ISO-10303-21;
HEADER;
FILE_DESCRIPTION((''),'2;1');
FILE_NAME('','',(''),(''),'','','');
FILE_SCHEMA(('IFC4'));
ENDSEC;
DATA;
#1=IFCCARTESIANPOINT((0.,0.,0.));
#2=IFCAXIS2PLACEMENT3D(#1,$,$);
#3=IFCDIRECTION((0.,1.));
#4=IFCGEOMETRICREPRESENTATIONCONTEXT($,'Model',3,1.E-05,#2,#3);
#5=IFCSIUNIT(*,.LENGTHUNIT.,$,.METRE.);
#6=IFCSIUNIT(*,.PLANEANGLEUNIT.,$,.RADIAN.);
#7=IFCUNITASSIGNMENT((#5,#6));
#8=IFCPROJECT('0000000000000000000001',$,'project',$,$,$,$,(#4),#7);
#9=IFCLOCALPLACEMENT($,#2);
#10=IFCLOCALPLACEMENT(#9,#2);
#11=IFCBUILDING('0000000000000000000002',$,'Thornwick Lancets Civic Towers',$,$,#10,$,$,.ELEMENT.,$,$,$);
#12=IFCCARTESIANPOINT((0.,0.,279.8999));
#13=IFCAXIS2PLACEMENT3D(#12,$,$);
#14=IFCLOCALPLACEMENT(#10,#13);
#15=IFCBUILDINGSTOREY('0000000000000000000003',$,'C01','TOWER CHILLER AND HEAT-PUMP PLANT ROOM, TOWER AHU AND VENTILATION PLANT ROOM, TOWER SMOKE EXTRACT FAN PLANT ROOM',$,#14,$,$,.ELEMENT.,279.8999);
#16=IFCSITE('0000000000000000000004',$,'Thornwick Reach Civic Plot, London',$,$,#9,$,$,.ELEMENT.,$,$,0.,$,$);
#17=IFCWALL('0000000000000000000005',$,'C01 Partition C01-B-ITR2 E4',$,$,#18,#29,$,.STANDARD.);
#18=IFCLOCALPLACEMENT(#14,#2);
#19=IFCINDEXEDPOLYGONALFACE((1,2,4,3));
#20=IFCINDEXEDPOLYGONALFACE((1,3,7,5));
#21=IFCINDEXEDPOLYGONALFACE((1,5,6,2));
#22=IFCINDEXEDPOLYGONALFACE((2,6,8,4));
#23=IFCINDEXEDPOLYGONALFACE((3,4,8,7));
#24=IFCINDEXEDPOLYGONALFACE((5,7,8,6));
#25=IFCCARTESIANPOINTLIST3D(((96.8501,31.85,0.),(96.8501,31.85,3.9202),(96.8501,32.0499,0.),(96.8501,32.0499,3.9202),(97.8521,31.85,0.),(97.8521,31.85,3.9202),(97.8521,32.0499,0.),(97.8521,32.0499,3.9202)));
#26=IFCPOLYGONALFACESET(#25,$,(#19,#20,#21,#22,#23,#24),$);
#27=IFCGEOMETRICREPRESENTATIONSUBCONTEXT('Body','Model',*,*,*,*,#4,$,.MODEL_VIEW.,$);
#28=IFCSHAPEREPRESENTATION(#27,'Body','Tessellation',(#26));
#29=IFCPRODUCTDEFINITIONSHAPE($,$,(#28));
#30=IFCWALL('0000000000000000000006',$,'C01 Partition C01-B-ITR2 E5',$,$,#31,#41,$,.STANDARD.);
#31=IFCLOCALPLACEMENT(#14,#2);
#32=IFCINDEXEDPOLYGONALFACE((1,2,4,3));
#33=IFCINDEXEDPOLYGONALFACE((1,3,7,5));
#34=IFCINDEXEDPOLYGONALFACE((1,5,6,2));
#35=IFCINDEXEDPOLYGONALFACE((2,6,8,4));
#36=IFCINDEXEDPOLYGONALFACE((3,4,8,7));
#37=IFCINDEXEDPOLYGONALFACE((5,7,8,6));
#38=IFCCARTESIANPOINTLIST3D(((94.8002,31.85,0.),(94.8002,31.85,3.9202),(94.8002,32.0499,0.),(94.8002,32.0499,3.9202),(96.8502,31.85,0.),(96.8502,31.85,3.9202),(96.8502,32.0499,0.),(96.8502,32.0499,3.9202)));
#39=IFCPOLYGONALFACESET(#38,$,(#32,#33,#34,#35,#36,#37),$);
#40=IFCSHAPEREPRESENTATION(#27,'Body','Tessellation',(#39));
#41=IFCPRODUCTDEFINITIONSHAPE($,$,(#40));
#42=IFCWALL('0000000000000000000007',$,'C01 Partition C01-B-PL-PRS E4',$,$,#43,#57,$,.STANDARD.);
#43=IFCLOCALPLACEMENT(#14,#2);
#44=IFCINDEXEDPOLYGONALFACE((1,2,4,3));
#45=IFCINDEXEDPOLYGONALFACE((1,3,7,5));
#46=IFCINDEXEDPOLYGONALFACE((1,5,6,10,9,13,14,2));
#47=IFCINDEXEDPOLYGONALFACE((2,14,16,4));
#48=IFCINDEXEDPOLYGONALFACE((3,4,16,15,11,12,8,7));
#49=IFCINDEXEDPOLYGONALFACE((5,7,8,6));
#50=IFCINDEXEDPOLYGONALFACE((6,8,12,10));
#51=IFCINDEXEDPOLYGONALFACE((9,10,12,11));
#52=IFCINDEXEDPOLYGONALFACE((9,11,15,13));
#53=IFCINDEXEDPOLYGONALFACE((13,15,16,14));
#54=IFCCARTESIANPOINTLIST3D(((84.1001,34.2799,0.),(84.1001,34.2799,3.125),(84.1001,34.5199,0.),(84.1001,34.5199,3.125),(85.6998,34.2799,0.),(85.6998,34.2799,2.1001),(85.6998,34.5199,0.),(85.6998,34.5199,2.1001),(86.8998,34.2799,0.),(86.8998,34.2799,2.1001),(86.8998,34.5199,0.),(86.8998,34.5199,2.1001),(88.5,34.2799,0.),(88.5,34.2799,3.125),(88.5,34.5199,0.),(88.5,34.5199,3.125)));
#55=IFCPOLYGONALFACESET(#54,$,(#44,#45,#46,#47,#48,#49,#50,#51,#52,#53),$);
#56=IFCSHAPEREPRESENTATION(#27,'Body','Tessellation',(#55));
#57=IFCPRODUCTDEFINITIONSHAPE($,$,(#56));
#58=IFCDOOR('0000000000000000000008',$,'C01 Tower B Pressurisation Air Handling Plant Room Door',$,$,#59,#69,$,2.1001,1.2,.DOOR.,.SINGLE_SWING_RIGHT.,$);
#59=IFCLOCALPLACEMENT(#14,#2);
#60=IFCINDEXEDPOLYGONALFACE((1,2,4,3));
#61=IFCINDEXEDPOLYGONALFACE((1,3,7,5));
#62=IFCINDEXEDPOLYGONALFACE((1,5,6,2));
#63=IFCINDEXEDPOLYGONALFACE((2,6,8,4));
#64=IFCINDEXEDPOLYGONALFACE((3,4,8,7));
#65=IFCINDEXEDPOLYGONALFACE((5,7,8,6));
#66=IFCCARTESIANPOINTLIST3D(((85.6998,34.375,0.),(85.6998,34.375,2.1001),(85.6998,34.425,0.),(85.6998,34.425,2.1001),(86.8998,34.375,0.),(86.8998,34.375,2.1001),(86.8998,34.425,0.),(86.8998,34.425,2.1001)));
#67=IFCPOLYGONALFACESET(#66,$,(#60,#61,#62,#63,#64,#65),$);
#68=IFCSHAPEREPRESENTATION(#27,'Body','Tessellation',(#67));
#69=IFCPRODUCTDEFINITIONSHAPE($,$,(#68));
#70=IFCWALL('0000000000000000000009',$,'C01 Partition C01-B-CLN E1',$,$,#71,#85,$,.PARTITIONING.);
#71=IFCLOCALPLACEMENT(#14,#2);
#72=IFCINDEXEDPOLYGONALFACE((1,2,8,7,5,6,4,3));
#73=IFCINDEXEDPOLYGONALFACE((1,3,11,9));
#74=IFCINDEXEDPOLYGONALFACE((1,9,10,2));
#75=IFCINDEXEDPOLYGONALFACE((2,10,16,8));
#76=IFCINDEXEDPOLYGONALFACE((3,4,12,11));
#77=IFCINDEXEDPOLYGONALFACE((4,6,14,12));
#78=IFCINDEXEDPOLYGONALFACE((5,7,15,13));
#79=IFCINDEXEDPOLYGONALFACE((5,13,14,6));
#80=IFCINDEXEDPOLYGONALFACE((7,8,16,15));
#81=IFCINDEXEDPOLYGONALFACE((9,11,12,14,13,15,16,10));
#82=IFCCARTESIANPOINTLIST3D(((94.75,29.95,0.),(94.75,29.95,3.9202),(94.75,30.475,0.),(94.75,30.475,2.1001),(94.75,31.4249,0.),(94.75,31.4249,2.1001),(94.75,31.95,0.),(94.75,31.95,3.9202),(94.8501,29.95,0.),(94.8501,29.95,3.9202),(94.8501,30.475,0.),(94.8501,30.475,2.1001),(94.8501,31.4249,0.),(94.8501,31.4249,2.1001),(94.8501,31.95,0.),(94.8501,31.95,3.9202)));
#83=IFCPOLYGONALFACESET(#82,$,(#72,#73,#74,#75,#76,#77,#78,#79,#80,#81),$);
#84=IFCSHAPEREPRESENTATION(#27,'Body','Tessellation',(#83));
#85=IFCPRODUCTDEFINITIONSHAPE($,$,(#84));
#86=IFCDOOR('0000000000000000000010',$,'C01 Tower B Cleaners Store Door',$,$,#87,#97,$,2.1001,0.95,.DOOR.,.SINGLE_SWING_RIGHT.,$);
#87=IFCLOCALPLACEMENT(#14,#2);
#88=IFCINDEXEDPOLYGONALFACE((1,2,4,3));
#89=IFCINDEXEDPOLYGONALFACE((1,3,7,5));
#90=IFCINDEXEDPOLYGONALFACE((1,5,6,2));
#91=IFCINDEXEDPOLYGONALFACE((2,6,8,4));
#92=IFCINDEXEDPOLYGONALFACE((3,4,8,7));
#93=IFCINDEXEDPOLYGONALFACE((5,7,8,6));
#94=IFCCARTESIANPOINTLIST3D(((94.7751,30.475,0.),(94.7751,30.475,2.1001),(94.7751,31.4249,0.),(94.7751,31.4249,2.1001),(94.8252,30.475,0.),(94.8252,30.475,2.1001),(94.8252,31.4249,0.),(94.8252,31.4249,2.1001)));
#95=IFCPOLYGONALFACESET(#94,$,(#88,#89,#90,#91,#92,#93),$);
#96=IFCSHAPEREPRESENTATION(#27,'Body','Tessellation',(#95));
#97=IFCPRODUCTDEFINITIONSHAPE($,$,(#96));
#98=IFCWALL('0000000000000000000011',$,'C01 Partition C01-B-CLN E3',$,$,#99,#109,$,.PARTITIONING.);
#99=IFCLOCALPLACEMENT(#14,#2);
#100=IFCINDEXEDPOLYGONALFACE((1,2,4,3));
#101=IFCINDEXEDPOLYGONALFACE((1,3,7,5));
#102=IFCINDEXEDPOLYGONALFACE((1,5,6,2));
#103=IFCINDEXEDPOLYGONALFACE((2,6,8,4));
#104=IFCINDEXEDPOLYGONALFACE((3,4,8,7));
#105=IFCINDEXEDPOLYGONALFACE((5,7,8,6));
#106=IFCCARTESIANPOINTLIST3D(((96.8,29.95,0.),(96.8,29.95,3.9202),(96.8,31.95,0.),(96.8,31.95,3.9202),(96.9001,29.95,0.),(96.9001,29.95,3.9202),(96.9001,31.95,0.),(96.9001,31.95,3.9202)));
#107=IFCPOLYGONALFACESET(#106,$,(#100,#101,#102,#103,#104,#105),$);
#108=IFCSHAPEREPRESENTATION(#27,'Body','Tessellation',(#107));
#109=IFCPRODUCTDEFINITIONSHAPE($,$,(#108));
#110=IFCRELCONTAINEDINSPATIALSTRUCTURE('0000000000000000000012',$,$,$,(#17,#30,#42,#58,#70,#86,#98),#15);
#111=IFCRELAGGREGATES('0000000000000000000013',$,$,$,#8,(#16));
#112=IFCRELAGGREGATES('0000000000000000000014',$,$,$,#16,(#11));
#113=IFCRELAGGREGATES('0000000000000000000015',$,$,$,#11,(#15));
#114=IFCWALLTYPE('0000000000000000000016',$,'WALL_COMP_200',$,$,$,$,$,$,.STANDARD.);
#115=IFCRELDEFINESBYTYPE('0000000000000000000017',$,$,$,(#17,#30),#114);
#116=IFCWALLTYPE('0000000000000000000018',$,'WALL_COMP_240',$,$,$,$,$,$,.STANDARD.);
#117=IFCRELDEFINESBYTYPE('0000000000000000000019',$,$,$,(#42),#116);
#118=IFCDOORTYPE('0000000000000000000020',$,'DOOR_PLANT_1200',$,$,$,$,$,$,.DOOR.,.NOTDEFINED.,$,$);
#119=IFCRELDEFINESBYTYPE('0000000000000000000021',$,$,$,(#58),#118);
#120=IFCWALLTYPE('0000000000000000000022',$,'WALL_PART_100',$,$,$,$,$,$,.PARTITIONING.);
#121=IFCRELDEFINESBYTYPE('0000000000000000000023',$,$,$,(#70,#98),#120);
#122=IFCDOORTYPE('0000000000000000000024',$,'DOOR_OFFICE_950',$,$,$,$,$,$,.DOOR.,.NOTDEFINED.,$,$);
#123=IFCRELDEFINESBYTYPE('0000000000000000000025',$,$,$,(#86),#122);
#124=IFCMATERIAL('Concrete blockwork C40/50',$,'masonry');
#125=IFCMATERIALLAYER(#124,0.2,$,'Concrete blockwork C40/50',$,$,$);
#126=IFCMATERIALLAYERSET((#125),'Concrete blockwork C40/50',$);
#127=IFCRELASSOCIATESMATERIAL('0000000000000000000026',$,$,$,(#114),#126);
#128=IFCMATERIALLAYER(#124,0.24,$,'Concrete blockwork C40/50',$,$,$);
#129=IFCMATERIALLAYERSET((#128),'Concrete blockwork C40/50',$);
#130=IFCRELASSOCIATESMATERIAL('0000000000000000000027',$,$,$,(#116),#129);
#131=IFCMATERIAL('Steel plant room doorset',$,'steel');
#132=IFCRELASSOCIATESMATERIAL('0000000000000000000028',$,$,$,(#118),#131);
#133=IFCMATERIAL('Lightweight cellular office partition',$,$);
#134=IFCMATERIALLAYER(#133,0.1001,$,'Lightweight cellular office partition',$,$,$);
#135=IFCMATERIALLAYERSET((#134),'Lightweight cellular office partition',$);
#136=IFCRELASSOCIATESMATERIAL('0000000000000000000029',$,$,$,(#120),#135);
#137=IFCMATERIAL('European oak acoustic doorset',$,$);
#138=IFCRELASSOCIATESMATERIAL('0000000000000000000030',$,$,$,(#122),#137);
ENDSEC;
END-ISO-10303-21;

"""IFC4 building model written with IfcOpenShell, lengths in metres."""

from ifc_helpers import new_model, si_unit, direction, frame, frame_2d, origin, place, context, subcontext, project, spatial, rectangle, extrude, material, layer, layer_set, type_object, element, fill, save


model = new_model("IFC4")

# Units and contexts
model_context = context("Model", 3, precision=1e-05, world=origin(), true_north=direction((0.0, 1.0)))
body_context = subcontext(model_context, "Body", "Model", "MODEL_VIEW")
ifc_project = project(units=[si_unit("LENGTHUNIT", "METRE"), si_unit("PLANEANGLEUNIT", "RADIAN")], contexts=[model_context])

# Site, building, storey
site_placement = place(None, origin())
site = spatial("IfcSite", under=ifc_project, at=site_placement, Name="Thornwick Reach Civic Plot, London", CompositionType="ELEMENT", RefElevation=0.0)
building_placement = place(site_placement, origin())
building = spatial("IfcBuilding", under=site, at=building_placement, Name="Thornwick Lancets Civic Towers", CompositionType="ELEMENT")
storey_placement = place(building_placement, frame((0.0, 0.0, 279.8999)))
storey = spatial("IfcBuildingStorey", under=building, at=storey_placement, Name="C01", Description="TOWER CHILLER AND HEAT-PUMP PLANT ROOM, TOWER AHU AND VENTILATION PLANT ROOM, TOWER SMOKE EXTRACT FAN PLANT ROOM", CompositionType="ELEMENT", Elevation=279.8999)

# Shared definitions
ifc_material_1 = material(Name="Concrete blockwork C40/50", Category="masonry")
ifc_layer_1 = layer(ifc_material_1, 0.2, Name="Concrete blockwork C40/50")
ifc_layer_set_1 = layer_set([ifc_layer_1], Name="Concrete blockwork C40/50")
wall_type_1 = type_object("IfcWallType", Name="WALL_COMP_200", PredefinedType="STANDARD", material=ifc_layer_set_1)

# Walls
wall_1_placement = place(storey_placement, frame((97.8521, 31.95, 0.0), z_axis=(0.0, 0.0, 1.0), x_axis=(-1.0, 0.0, 0.0)))
element("IfcWall", 1, at=wall_1_placement, inside=storey, type_object=wall_type_1, Name="C01 Partition C01-B-ITR2 E4", PredefinedType="STANDARD", context=body_context, shape_type="SweptSolid", body=[
    extrude(rectangle(XDim=1.002, YDim=0.2, at=frame_2d((0.501, 0.0))), origin(), (0.0, 0.0, 1.0), 3.9202),
])
wall_2_placement = place(storey_placement, frame((96.8501, 31.95, 0.0), z_axis=(0.0, 0.0, 1.0), x_axis=(-1.0, 0.0, 0.0)))
element("IfcWall", 2, at=wall_2_placement, inside=storey, type_object=wall_type_1, Name="C01 Partition C01-B-ITR2 E5", PredefinedType="STANDARD", context=body_context, shape_type="SweptSolid", body=[
    extrude(rectangle(XDim=2.05, YDim=0.2, at=frame_2d((1.0249, 0.0))), origin(), (0.0, 0.0, 1.0), 3.9202),
])

# Walls, openings, doors
ifc_layer_2 = layer(ifc_material_1, 0.24, Name="Concrete blockwork C40/50")
ifc_layer_set_2 = layer_set([ifc_layer_2], Name="Concrete blockwork C40/50")
wall_type_2 = type_object("IfcWallType", Name="WALL_COMP_240", PredefinedType="STANDARD", material=ifc_layer_set_2)
wall_3_placement = place(storey_placement, frame((88.5, 34.3999, 0.0), z_axis=(0.0, 0.0, 1.0), x_axis=(-1.0, 0.0, 0.0)))
wall_3 = element("IfcWall", 3, at=wall_3_placement, inside=storey, type_object=wall_type_2, Name="C01 Partition C01-B-PL-PRS E4", PredefinedType="STANDARD", context=body_context, shape_type="SweptSolid", body=[
    extrude(rectangle(XDim=4.3999, YDim=0.24, at=frame_2d((2.2, 0.0))), origin(), (0.0, 0.0, 1.0), 3.125),
])
opening_1_placement = place(wall_3_placement, frame((1.6001, 0.0, 0.0)))
opening_1 = element("IfcOpeningElement", 4, at=opening_1_placement, cuts=wall_3, PredefinedType="OPENING", context=body_context, shape_type="SweptSolid", body=[
    extrude(rectangle(XDim=1.2, YDim=2.1001, at=frame_2d((0.6001, 1.05))), frame((0.0, 0.1299, 0.0), z_axis=(0.0, -1.0, 0.0), x_axis=(1.0, 0.0, 0.0)), (0.0, 0.0, 1.0), 0.26),
])
ifc_material_2 = material(Name="Steel plant room doorset", Category="steel")
door_type_1 = type_object("IfcDoorType", Name="DOOR_PLANT_1200", OperationType="NOTDEFINED", PredefinedType="DOOR", material=ifc_material_2)
door_1_placement = place(opening_1_placement, origin())
door_1 = element("IfcDoor", 5, at=door_1_placement, inside=storey, type_object=door_type_1, Name="C01 Tower B Pressurisation Air Handling Plant Room Door", OperationType="SINGLE_SWING_RIGHT", OverallHeight=2.1001, OverallWidth=1.2, PredefinedType="DOOR", context=body_context, shape_type="SweptSolid", body=[
    extrude(rectangle(XDim=1.2, YDim=2.1001, at=frame_2d((0.6001, 1.05))), frame((0.0, 0.0249, 0.0), z_axis=(0.0, -1.0, 0.0), x_axis=(1.0, 0.0, 0.0)), (0.0, 0.0, 1.0), 0.05),
])
fill(opening_1, door_1)
ifc_material_3 = material(Name="Lightweight cellular office partition")
ifc_layer_3 = layer(ifc_material_3, 0.1001, Name="Lightweight cellular office partition")
ifc_layer_set_3 = layer_set([ifc_layer_3], Name="Lightweight cellular office partition")
wall_type_3 = type_object("IfcWallType", Name="WALL_PART_100", PredefinedType="PARTITIONING", material=ifc_layer_set_3)
wall_4_placement = place(storey_placement, frame((94.8, 29.95, 0.0), z_axis=(0.0, 0.0, 1.0), x_axis=(0.0, 1.0, 0.0)))
wall_4 = element("IfcWall", 6, at=wall_4_placement, inside=storey, type_object=wall_type_3, Name="C01 Partition C01-B-CLN E1", PredefinedType="PARTITIONING", context=body_context, shape_type="SweptSolid", body=[
    extrude(rectangle(XDim=2.0, YDim=0.1001, at=frame_2d((1.0, 0.0))), origin(), (0.0, 0.0, 1.0), 3.9202),
])
opening_2_placement = place(wall_4_placement, frame((0.5249, 0.0, 0.0)))
opening_2 = element("IfcOpeningElement", 7, at=opening_2_placement, cuts=wall_4, PredefinedType="OPENING", context=body_context, shape_type="SweptSolid", body=[
    extrude(rectangle(XDim=0.95, YDim=2.1001, at=frame_2d((0.4751, 1.05))), frame((0.0, 0.0601, 0.0), z_axis=(0.0, -1.0, 0.0), x_axis=(1.0, 0.0, 0.0)), (0.0, 0.0, 1.0), 0.1201),
])
ifc_material_4 = material(Name="European oak acoustic doorset")
door_type_2 = type_object("IfcDoorType", Name="DOOR_OFFICE_950", OperationType="NOTDEFINED", PredefinedType="DOOR", material=ifc_material_4)
door_2_placement = place(opening_2_placement, origin())
door_2 = element("IfcDoor", 8, at=door_2_placement, inside=storey, type_object=door_type_2, Name="C01 Tower B Cleaners Store Door", OperationType="SINGLE_SWING_RIGHT", OverallHeight=2.1001, OverallWidth=0.95, PredefinedType="DOOR", context=body_context, shape_type="SweptSolid", body=[
    extrude(rectangle(XDim=0.95, YDim=2.1001, at=frame_2d((0.4751, 1.05))), frame((0.0, 0.0249, 0.0), z_axis=(0.0, -1.0, 0.0), x_axis=(1.0, 0.0, 0.0)), (0.0, 0.0, 1.0), 0.05),
])
fill(opening_2, door_2)

# Wall
wall_5_placement = place(storey_placement, frame((96.8501, 31.95, 0.0), z_axis=(0.0, 0.0, 1.0), x_axis=(0.0, -1.0, 0.0)))
element("IfcWall", 9, at=wall_5_placement, inside=storey, type_object=wall_type_3, Name="C01 Partition C01-B-CLN E3", PredefinedType="PARTITIONING", context=body_context, shape_type="SweptSolid", body=[
    extrude(rectangle(XDim=2.0, YDim=0.1001, at=frame_2d((1.0, 0.0))), origin(), (0.0, 0.0, 1.0), 3.9202),
])

save(model, "model.ifc")
